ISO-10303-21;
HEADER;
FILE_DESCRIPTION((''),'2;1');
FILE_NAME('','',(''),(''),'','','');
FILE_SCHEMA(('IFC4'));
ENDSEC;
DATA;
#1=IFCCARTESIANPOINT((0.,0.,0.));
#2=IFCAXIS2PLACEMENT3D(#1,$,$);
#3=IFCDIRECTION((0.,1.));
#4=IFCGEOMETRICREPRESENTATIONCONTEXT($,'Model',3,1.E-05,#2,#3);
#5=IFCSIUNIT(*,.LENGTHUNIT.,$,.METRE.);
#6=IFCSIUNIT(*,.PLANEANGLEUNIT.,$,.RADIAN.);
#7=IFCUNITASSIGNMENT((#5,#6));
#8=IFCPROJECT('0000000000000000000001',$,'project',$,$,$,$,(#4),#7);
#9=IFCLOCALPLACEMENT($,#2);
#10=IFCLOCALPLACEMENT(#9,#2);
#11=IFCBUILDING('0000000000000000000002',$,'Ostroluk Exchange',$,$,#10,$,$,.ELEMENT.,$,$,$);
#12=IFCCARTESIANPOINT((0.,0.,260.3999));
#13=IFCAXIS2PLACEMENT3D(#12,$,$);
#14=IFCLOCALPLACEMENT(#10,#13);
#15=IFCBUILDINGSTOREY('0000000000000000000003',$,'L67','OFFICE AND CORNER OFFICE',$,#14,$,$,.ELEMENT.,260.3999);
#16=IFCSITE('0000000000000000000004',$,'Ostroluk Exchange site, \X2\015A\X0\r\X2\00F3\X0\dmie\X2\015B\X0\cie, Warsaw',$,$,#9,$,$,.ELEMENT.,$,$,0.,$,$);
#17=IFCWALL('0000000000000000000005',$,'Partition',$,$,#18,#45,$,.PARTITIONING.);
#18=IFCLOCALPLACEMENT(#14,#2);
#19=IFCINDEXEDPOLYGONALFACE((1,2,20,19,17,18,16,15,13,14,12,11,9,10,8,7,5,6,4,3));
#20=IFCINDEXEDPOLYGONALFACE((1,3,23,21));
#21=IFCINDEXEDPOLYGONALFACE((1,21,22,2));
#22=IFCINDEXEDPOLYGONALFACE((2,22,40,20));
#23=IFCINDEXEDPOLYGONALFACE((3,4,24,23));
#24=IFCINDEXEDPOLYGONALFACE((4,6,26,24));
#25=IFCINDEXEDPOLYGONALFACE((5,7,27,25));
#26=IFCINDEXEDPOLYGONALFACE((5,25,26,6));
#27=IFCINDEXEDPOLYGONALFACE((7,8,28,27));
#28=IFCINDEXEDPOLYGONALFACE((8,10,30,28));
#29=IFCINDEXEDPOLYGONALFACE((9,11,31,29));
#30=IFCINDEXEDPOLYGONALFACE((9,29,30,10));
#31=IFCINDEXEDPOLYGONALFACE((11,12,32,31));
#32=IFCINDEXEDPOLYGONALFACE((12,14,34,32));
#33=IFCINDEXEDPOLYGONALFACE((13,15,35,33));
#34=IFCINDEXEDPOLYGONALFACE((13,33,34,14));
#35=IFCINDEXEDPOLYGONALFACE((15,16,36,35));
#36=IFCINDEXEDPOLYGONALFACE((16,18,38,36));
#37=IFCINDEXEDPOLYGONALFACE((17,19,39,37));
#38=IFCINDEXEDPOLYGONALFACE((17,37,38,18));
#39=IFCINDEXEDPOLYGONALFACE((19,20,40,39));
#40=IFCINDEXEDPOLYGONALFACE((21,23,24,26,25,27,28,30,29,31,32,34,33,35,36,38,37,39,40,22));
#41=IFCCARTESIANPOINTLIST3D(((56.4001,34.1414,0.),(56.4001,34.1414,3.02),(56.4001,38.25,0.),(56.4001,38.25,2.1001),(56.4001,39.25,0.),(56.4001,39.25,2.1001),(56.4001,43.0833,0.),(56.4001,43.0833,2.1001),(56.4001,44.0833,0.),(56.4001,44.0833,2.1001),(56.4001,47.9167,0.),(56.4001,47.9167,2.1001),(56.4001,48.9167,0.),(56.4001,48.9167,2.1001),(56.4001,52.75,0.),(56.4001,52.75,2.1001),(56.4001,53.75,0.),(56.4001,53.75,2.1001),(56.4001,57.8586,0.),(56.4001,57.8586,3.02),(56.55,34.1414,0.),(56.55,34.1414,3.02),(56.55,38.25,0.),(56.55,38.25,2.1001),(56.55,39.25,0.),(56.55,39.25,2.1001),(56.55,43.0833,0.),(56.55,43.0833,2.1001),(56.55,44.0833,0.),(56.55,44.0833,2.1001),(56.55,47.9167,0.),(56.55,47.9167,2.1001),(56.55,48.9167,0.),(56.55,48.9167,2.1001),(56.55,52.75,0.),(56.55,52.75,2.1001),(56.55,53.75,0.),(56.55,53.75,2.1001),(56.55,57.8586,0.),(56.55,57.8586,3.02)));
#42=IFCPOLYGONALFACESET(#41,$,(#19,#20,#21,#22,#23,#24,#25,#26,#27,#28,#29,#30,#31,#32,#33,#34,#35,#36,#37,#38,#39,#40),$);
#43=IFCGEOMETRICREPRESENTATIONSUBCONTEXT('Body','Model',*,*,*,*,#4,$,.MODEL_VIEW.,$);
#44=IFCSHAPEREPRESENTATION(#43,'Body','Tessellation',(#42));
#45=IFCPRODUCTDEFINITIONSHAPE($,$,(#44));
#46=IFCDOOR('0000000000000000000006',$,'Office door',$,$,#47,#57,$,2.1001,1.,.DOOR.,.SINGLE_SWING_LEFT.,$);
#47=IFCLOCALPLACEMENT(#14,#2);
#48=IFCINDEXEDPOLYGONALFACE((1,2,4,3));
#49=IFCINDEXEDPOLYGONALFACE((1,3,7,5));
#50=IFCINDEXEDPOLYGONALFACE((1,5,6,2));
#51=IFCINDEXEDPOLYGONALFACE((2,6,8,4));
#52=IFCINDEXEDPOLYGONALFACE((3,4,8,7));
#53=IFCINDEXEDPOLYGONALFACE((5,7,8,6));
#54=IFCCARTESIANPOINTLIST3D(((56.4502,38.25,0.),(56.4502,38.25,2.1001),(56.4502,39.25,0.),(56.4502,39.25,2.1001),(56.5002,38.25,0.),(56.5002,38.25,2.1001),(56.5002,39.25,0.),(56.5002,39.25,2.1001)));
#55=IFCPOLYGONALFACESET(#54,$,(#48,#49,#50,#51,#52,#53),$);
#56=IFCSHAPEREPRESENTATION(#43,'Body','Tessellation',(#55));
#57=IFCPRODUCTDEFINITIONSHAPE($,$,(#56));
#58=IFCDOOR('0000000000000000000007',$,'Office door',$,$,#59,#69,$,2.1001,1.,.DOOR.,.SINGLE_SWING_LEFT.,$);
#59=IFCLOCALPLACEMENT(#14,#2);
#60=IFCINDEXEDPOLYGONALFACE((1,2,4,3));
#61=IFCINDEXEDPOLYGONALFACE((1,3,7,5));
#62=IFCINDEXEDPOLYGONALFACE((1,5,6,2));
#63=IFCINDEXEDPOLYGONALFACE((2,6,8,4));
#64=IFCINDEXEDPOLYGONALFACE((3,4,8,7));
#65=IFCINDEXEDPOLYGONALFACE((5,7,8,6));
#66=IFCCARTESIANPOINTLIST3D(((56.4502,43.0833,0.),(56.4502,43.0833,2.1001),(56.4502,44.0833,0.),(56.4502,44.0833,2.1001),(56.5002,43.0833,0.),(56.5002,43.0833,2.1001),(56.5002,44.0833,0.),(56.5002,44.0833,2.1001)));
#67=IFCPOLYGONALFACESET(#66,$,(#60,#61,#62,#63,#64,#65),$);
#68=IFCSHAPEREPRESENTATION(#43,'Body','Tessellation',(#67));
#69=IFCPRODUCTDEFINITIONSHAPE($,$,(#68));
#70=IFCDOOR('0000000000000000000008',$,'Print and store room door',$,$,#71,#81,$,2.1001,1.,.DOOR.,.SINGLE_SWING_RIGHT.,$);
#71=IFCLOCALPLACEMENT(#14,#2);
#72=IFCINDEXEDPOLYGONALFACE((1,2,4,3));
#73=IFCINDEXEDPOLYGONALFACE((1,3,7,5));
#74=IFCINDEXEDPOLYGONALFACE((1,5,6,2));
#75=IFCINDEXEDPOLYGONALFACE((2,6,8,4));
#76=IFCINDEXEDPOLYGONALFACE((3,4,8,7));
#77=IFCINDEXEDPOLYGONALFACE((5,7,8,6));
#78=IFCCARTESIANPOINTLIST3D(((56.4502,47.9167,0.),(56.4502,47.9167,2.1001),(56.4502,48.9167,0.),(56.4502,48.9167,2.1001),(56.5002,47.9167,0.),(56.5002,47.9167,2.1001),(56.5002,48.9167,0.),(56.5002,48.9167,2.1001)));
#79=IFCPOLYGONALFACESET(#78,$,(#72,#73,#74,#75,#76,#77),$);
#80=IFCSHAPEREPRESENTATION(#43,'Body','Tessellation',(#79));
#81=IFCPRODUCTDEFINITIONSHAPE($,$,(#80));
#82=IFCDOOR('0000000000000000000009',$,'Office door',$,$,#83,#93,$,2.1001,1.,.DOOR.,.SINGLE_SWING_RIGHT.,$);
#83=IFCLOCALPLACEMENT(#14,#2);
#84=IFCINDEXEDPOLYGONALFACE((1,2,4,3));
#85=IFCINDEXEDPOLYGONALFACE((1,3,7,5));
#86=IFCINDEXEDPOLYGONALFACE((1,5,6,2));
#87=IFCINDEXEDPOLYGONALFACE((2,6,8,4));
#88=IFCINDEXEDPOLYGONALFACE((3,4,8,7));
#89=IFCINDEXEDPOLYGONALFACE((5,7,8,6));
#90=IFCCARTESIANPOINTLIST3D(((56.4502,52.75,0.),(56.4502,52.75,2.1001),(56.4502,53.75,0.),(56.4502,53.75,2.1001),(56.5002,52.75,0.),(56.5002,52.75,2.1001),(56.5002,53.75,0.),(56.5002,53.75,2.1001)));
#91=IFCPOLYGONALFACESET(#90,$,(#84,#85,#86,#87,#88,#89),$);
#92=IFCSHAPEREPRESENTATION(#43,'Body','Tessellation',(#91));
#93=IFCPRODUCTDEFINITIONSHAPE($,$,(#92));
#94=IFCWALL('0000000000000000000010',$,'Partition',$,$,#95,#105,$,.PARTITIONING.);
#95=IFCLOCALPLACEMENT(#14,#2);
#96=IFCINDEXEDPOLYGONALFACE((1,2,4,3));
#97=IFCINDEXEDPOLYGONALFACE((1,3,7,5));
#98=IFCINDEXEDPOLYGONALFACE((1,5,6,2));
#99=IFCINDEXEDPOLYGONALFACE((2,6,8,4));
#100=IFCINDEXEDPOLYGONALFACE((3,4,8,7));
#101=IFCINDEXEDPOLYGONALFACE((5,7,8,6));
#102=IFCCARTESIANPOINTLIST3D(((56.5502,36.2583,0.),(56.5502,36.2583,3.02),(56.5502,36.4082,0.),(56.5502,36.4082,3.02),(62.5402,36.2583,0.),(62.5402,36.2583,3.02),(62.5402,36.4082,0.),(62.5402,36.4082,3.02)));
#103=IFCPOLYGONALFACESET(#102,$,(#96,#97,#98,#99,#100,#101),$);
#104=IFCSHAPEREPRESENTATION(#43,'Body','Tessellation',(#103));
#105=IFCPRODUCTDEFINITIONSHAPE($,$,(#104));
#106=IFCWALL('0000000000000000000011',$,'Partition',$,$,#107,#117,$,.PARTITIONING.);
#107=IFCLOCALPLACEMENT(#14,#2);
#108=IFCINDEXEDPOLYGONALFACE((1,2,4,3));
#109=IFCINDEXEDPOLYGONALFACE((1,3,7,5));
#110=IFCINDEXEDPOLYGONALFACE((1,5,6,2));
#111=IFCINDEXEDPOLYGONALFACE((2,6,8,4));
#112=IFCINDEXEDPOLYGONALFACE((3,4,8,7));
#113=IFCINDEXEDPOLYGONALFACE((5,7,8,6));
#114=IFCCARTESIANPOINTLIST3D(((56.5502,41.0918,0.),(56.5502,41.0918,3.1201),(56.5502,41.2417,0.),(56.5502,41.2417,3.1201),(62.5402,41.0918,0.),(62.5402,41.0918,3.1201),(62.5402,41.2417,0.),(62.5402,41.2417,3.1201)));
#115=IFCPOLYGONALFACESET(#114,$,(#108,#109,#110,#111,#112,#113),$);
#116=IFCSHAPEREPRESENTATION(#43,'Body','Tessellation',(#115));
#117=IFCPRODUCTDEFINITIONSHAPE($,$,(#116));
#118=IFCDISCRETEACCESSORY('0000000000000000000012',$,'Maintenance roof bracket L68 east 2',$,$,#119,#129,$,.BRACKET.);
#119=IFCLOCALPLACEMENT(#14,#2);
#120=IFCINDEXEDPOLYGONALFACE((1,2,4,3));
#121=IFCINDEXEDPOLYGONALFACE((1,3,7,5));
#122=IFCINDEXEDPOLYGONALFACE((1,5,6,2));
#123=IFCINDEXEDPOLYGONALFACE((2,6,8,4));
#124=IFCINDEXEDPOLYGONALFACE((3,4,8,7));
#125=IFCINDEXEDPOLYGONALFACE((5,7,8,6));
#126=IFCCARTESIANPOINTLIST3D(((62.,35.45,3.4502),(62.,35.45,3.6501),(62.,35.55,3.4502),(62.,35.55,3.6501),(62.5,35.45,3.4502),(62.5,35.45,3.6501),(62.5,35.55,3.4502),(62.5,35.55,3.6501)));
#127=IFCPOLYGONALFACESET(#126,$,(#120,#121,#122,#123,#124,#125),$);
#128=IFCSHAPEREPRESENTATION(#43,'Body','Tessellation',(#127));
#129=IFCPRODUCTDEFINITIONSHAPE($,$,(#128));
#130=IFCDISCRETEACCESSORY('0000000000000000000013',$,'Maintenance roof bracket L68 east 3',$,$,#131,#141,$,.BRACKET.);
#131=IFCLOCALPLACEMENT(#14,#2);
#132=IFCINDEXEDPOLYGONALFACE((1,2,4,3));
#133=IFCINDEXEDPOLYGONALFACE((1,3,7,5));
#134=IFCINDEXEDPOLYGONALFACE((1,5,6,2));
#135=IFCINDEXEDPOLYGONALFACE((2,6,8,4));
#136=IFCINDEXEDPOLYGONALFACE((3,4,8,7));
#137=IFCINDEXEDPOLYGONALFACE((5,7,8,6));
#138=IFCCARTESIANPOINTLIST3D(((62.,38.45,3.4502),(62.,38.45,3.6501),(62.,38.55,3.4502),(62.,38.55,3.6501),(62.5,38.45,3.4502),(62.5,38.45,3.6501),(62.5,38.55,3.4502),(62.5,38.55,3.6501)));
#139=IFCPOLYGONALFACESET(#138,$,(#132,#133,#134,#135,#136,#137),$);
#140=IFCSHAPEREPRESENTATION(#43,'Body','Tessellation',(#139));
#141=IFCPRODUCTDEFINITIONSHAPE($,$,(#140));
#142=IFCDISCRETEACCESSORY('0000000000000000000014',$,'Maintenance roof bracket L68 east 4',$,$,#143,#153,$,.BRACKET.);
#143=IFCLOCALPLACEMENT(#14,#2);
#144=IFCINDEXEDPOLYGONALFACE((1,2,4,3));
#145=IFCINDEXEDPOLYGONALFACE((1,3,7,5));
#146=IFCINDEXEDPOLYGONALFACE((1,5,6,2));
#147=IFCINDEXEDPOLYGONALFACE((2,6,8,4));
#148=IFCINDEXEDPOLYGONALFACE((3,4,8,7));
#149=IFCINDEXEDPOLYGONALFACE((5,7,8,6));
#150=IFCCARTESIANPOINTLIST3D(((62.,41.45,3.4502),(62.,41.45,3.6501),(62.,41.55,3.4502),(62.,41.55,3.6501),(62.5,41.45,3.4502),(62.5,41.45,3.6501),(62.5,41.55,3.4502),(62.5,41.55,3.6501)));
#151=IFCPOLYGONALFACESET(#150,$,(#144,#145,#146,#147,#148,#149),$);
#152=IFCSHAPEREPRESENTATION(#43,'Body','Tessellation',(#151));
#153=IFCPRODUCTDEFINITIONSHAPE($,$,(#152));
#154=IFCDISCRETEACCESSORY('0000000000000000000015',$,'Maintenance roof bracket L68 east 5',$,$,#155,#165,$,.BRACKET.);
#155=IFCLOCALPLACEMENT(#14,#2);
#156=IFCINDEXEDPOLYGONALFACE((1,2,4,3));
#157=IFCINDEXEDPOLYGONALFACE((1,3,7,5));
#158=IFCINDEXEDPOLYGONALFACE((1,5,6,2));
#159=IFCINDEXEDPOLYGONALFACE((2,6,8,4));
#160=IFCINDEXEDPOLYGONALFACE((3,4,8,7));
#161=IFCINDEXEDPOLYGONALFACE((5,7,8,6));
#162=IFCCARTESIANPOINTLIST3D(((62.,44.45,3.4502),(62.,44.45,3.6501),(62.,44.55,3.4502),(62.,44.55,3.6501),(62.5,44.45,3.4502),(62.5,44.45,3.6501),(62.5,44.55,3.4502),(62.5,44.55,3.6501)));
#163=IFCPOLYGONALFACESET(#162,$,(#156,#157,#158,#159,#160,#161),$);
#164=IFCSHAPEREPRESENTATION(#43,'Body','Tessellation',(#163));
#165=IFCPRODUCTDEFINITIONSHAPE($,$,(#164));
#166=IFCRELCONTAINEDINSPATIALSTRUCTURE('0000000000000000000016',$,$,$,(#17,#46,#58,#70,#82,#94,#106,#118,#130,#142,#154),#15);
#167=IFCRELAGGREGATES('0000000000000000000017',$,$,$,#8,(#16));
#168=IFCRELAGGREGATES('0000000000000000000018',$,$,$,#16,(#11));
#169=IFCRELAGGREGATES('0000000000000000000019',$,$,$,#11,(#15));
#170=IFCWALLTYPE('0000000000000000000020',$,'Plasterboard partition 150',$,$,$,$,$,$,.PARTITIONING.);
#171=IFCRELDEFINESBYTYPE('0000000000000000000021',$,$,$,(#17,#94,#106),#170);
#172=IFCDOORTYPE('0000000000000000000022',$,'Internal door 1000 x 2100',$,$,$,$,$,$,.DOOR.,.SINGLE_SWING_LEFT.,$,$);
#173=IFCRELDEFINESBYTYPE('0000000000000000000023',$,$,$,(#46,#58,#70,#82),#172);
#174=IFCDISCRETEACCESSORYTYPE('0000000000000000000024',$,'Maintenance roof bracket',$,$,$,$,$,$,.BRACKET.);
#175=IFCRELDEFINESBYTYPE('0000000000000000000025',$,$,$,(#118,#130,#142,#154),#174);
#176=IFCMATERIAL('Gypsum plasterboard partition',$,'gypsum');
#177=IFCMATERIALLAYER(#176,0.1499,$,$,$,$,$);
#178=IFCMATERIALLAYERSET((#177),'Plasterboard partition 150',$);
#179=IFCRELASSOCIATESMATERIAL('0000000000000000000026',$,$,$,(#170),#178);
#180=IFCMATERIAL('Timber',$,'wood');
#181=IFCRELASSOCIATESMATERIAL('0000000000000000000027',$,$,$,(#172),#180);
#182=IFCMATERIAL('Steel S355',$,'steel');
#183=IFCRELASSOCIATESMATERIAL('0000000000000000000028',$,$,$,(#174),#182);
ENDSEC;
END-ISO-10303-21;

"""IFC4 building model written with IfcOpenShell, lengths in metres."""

from ifc_helpers import new_model, si_unit, direction, frame, frame_2d, origin, origin_2d, place, context, subcontext, project, spatial, rectangle, extrude, material, layer, layer_set, type_object, element, fill, save


model = new_model("IFC4")

# Units and contexts
model_context = context("Model", 3, precision=1e-05, world=origin(), true_north=direction((0.0, 1.0)))
body_context = subcontext(model_context, "Body", "Model", "MODEL_VIEW")
ifc_project = project(units=[si_unit("LENGTHUNIT", "METRE"), si_unit("PLANEANGLEUNIT", "RADIAN")], contexts=[model_context])

# Site, building, storey
site_placement = place(None, origin())
site = spatial("IfcSite", under=ifc_project, at=site_placement, Name="Ostroluk Exchange site, Śródmieście, Warsaw", CompositionType="ELEMENT", RefElevation=0.0)
building_placement = place(site_placement, origin())
building = spatial("IfcBuilding", under=site, at=building_placement, Name="Ostroluk Exchange", CompositionType="ELEMENT")
storey_placement = place(building_placement, frame((0.0, 0.0, 260.3999)))
storey = spatial("IfcBuildingStorey", under=building, at=storey_placement, Name="L67", Description="OFFICE AND CORNER OFFICE", CompositionType="ELEMENT", Elevation=260.3999)

# Wall, openings, doors
ifc_material_1 = material(Name="Gypsum plasterboard partition", Category="gypsum")
ifc_layer_1 = layer(ifc_material_1, 0.1499)
ifc_layer_set_1 = layer_set([ifc_layer_1], Name="Plasterboard partition 150")
wall_type = type_object("IfcWallType", Name="Plasterboard partition 150", PredefinedType="PARTITIONING", material=ifc_layer_set_1)
wall_1_placement = place(storey_placement, frame((56.4751, 34.1414, 0.0), z_axis=(0.0, 0.0, 1.0), x_axis=(0.0, 1.0, 0.0)))
wall_1 = element("IfcWall", 1, at=wall_1_placement, inside=storey, type_object=wall_type, Name="Partition", PredefinedType="PARTITIONING", context=body_context, shape_type="SweptSolid", body=[
    extrude(rectangle(XDim=23.7173, YDim=0.1499, at=frame_2d((11.8586, 0.0))), origin(), (0.0, 0.0, 1.0), 3.02),
])
opening_1_placement = place(wall_1_placement, frame((4.1086, 0.0, 0.0)))
opening_1 = element("IfcOpeningElement", 2, at=opening_1_placement, cuts=wall_1, PredefinedType="OPENING", context=body_context, shape_type="SweptSolid", body=[
    extrude(rectangle(XDim=1.0, YDim=2.1001, at=frame_2d((0.5, 1.05))), frame((0.0, 0.085, 0.0), z_axis=(0.0, -1.0, 0.0), x_axis=(1.0, 0.0, 0.0)), (0.0, 0.0, 1.0), 0.1699),
])
opening_2_placement = place(wall_1_placement, frame((8.9419, 0.0, 0.0)))
opening_2 = element("IfcOpeningElement", 3, at=opening_2_placement, cuts=wall_1, PredefinedType="OPENING", context=body_context, shape_type="SweptSolid", body=[
    extrude(rectangle(XDim=1.0, YDim=2.1001, at=frame_2d((0.5, 1.05))), frame((0.0, 0.085, 0.0), z_axis=(0.0, -1.0, 0.0), x_axis=(1.0, 0.0, 0.0)), (0.0, 0.0, 1.0), 0.1699),
])
opening_3_placement = place(wall_1_placement, frame((13.7754, 0.0, 0.0)))
opening_3 = element("IfcOpeningElement", 4, at=opening_3_placement, cuts=wall_1, PredefinedType="OPENING", context=body_context, shape_type="SweptSolid", body=[
    extrude(rectangle(XDim=1.0, YDim=2.1001, at=frame_2d((0.5, 1.05))), frame((0.0, 0.085, 0.0), z_axis=(0.0, -1.0, 0.0), x_axis=(1.0, 0.0, 0.0)), (0.0, 0.0, 1.0), 0.1699),
])
opening_4_placement = place(wall_1_placement, frame((18.6086, 0.0, 0.0)))
opening_4 = element("IfcOpeningElement", 5, at=opening_4_placement, cuts=wall_1, PredefinedType="OPENING", context=body_context, shape_type="SweptSolid", body=[
    extrude(rectangle(XDim=1.0, YDim=2.1001, at=frame_2d((0.5, 1.05))), frame((0.0, 0.085, 0.0), z_axis=(0.0, -1.0, 0.0), x_axis=(1.0, 0.0, 0.0)), (0.0, 0.0, 1.0), 0.1699),
])
ifc_material_2 = material(Name="Timber", Category="wood")
door_type = type_object("IfcDoorType", Name="Internal door 1000 x 2100", OperationType="SINGLE_SWING_LEFT", PredefinedType="DOOR", material=ifc_material_2)
door_1_placement = place(opening_1_placement, origin())
door_1 = element("IfcDoor", 6, at=door_1_placement, inside=storey, type_object=door_type, Name="Office door", OperationType="SINGLE_SWING_LEFT", OverallHeight=2.1001, OverallWidth=1.0, PredefinedType="DOOR", context=body_context, shape_type="SweptSolid", body=[
    extrude(rectangle(XDim=1.0, YDim=2.1001, at=frame_2d((0.5, 1.05))), frame((0.0, 0.0249, 0.0), z_axis=(0.0, -1.0, 0.0), x_axis=(1.0, 0.0, 0.0)), (0.0, 0.0, 1.0), 0.05),
])
fill(opening_1, door_1)
door_2_placement = place(opening_2_placement, origin())
door_2 = element("IfcDoor", 7, at=door_2_placement, inside=storey, type_object=door_type, Name="Office door", OperationType="SINGLE_SWING_LEFT", OverallHeight=2.1001, OverallWidth=1.0, PredefinedType="DOOR", context=body_context, shape_type="SweptSolid", body=[
    extrude(rectangle(XDim=1.0, YDim=2.1001, at=frame_2d((0.5, 1.05))), frame((0.0, 0.0249, 0.0), z_axis=(0.0, -1.0, 0.0), x_axis=(1.0, 0.0, 0.0)), (0.0, 0.0, 1.0), 0.05),
])
fill(opening_2, door_2)
door_3_placement = place(opening_3_placement, origin())
door_3 = element("IfcDoor", 8, at=door_3_placement, inside=storey, type_object=door_type, Name="Print and store room door", OperationType="SINGLE_SWING_RIGHT", OverallHeight=2.1001, OverallWidth=1.0, PredefinedType="DOOR", context=body_context, shape_type="SweptSolid", body=[
    extrude(rectangle(XDim=1.0, YDim=2.1001, at=frame_2d((0.5, 1.05))), frame((0.0, 0.0249, 0.0), z_axis=(0.0, -1.0, 0.0), x_axis=(1.0, 0.0, 0.0)), (0.0, 0.0, 1.0), 0.05),
])
fill(opening_3, door_3)
door_4_placement = place(opening_4_placement, origin())
door_4 = element("IfcDoor", 9, at=door_4_placement, inside=storey, type_object=door_type, Name="Office door", OperationType="SINGLE_SWING_RIGHT", OverallHeight=2.1001, OverallWidth=1.0, PredefinedType="DOOR", context=body_context, shape_type="SweptSolid", body=[
    extrude(rectangle(XDim=1.0, YDim=2.1001, at=frame_2d((0.5, 1.05))), frame((0.0, 0.0249, 0.0), z_axis=(0.0, -1.0, 0.0), x_axis=(1.0, 0.0, 0.0)), (0.0, 0.0, 1.0), 0.05),
])
fill(opening_4, door_4)

# Walls
wall_2_placement = place(storey_placement, frame((56.55, 36.3333, 0.0), z_axis=(0.0, 0.0, 1.0), x_axis=(1.0, 0.0, 0.0)))
element("IfcWall", 10, at=wall_2_placement, inside=storey, type_object=wall_type, Name="Partition", PredefinedType="PARTITIONING", context=body_context, shape_type="SweptSolid", body=[
    extrude(rectangle(XDim=5.99, YDim=0.1499, at=frame_2d((2.9951, 0.0))), origin(), (0.0, 0.0, 1.0), 3.02),
])
wall_3_placement = place(storey_placement, frame((56.55, 41.1667, 0.0), z_axis=(0.0, 0.0, 1.0), x_axis=(1.0, 0.0, 0.0)))
element("IfcWall", 11, at=wall_3_placement, inside=storey, type_object=wall_type, Name="Partition", PredefinedType="PARTITIONING", context=body_context, shape_type="SweptSolid", body=[
    extrude(rectangle(XDim=5.99, YDim=0.1499, at=frame_2d((2.9951, 0.0))), origin(), (0.0, 0.0, 1.0), 3.1201),
])

# Discrete accessories
ifc_material_3 = material(Name="Steel S355", Category="steel")
discrete_accessory_type = type_object("IfcDiscreteAccessoryType", Name="Maintenance roof bracket", PredefinedType="BRACKET", material=ifc_material_3)
for number, where, z_axis, x_axis, name in (
    (12, (62.25, 35.5, 3.4502), (0.0, 0.0, 1.0), (1.0, 0.0, 0.0), "Maintenance roof bracket L68 east 2"),
    (13, (62.25, 38.5, 3.4502), (0.0, 0.0, 1.0), (1.0, 0.0, 0.0), "Maintenance roof bracket L68 east 3"),
    (14, (62.25, 41.5, 3.4502), (0.0, 0.0, 1.0), (1.0, 0.0, 0.0), "Maintenance roof bracket L68 east 4"),
    (15, (62.25, 44.5, 3.4502), (0.0, 0.0, 1.0), (1.0, 0.0, 0.0), "Maintenance roof bracket L68 east 5"),
):
    element("IfcDiscreteAccessory", number, at=place(storey_placement, frame(where, z_axis=z_axis, x_axis=x_axis)), inside=storey, type_object=discrete_accessory_type, Name=name, PredefinedType="BRACKET", context=body_context, shape_type="SweptSolid", body=[
        extrude(rectangle(XDim=0.5, YDim=0.1001, at=origin_2d()), origin(), (0.0, 0.0, 1.0), 0.2),
    ])

save(model, "model.ifc")
